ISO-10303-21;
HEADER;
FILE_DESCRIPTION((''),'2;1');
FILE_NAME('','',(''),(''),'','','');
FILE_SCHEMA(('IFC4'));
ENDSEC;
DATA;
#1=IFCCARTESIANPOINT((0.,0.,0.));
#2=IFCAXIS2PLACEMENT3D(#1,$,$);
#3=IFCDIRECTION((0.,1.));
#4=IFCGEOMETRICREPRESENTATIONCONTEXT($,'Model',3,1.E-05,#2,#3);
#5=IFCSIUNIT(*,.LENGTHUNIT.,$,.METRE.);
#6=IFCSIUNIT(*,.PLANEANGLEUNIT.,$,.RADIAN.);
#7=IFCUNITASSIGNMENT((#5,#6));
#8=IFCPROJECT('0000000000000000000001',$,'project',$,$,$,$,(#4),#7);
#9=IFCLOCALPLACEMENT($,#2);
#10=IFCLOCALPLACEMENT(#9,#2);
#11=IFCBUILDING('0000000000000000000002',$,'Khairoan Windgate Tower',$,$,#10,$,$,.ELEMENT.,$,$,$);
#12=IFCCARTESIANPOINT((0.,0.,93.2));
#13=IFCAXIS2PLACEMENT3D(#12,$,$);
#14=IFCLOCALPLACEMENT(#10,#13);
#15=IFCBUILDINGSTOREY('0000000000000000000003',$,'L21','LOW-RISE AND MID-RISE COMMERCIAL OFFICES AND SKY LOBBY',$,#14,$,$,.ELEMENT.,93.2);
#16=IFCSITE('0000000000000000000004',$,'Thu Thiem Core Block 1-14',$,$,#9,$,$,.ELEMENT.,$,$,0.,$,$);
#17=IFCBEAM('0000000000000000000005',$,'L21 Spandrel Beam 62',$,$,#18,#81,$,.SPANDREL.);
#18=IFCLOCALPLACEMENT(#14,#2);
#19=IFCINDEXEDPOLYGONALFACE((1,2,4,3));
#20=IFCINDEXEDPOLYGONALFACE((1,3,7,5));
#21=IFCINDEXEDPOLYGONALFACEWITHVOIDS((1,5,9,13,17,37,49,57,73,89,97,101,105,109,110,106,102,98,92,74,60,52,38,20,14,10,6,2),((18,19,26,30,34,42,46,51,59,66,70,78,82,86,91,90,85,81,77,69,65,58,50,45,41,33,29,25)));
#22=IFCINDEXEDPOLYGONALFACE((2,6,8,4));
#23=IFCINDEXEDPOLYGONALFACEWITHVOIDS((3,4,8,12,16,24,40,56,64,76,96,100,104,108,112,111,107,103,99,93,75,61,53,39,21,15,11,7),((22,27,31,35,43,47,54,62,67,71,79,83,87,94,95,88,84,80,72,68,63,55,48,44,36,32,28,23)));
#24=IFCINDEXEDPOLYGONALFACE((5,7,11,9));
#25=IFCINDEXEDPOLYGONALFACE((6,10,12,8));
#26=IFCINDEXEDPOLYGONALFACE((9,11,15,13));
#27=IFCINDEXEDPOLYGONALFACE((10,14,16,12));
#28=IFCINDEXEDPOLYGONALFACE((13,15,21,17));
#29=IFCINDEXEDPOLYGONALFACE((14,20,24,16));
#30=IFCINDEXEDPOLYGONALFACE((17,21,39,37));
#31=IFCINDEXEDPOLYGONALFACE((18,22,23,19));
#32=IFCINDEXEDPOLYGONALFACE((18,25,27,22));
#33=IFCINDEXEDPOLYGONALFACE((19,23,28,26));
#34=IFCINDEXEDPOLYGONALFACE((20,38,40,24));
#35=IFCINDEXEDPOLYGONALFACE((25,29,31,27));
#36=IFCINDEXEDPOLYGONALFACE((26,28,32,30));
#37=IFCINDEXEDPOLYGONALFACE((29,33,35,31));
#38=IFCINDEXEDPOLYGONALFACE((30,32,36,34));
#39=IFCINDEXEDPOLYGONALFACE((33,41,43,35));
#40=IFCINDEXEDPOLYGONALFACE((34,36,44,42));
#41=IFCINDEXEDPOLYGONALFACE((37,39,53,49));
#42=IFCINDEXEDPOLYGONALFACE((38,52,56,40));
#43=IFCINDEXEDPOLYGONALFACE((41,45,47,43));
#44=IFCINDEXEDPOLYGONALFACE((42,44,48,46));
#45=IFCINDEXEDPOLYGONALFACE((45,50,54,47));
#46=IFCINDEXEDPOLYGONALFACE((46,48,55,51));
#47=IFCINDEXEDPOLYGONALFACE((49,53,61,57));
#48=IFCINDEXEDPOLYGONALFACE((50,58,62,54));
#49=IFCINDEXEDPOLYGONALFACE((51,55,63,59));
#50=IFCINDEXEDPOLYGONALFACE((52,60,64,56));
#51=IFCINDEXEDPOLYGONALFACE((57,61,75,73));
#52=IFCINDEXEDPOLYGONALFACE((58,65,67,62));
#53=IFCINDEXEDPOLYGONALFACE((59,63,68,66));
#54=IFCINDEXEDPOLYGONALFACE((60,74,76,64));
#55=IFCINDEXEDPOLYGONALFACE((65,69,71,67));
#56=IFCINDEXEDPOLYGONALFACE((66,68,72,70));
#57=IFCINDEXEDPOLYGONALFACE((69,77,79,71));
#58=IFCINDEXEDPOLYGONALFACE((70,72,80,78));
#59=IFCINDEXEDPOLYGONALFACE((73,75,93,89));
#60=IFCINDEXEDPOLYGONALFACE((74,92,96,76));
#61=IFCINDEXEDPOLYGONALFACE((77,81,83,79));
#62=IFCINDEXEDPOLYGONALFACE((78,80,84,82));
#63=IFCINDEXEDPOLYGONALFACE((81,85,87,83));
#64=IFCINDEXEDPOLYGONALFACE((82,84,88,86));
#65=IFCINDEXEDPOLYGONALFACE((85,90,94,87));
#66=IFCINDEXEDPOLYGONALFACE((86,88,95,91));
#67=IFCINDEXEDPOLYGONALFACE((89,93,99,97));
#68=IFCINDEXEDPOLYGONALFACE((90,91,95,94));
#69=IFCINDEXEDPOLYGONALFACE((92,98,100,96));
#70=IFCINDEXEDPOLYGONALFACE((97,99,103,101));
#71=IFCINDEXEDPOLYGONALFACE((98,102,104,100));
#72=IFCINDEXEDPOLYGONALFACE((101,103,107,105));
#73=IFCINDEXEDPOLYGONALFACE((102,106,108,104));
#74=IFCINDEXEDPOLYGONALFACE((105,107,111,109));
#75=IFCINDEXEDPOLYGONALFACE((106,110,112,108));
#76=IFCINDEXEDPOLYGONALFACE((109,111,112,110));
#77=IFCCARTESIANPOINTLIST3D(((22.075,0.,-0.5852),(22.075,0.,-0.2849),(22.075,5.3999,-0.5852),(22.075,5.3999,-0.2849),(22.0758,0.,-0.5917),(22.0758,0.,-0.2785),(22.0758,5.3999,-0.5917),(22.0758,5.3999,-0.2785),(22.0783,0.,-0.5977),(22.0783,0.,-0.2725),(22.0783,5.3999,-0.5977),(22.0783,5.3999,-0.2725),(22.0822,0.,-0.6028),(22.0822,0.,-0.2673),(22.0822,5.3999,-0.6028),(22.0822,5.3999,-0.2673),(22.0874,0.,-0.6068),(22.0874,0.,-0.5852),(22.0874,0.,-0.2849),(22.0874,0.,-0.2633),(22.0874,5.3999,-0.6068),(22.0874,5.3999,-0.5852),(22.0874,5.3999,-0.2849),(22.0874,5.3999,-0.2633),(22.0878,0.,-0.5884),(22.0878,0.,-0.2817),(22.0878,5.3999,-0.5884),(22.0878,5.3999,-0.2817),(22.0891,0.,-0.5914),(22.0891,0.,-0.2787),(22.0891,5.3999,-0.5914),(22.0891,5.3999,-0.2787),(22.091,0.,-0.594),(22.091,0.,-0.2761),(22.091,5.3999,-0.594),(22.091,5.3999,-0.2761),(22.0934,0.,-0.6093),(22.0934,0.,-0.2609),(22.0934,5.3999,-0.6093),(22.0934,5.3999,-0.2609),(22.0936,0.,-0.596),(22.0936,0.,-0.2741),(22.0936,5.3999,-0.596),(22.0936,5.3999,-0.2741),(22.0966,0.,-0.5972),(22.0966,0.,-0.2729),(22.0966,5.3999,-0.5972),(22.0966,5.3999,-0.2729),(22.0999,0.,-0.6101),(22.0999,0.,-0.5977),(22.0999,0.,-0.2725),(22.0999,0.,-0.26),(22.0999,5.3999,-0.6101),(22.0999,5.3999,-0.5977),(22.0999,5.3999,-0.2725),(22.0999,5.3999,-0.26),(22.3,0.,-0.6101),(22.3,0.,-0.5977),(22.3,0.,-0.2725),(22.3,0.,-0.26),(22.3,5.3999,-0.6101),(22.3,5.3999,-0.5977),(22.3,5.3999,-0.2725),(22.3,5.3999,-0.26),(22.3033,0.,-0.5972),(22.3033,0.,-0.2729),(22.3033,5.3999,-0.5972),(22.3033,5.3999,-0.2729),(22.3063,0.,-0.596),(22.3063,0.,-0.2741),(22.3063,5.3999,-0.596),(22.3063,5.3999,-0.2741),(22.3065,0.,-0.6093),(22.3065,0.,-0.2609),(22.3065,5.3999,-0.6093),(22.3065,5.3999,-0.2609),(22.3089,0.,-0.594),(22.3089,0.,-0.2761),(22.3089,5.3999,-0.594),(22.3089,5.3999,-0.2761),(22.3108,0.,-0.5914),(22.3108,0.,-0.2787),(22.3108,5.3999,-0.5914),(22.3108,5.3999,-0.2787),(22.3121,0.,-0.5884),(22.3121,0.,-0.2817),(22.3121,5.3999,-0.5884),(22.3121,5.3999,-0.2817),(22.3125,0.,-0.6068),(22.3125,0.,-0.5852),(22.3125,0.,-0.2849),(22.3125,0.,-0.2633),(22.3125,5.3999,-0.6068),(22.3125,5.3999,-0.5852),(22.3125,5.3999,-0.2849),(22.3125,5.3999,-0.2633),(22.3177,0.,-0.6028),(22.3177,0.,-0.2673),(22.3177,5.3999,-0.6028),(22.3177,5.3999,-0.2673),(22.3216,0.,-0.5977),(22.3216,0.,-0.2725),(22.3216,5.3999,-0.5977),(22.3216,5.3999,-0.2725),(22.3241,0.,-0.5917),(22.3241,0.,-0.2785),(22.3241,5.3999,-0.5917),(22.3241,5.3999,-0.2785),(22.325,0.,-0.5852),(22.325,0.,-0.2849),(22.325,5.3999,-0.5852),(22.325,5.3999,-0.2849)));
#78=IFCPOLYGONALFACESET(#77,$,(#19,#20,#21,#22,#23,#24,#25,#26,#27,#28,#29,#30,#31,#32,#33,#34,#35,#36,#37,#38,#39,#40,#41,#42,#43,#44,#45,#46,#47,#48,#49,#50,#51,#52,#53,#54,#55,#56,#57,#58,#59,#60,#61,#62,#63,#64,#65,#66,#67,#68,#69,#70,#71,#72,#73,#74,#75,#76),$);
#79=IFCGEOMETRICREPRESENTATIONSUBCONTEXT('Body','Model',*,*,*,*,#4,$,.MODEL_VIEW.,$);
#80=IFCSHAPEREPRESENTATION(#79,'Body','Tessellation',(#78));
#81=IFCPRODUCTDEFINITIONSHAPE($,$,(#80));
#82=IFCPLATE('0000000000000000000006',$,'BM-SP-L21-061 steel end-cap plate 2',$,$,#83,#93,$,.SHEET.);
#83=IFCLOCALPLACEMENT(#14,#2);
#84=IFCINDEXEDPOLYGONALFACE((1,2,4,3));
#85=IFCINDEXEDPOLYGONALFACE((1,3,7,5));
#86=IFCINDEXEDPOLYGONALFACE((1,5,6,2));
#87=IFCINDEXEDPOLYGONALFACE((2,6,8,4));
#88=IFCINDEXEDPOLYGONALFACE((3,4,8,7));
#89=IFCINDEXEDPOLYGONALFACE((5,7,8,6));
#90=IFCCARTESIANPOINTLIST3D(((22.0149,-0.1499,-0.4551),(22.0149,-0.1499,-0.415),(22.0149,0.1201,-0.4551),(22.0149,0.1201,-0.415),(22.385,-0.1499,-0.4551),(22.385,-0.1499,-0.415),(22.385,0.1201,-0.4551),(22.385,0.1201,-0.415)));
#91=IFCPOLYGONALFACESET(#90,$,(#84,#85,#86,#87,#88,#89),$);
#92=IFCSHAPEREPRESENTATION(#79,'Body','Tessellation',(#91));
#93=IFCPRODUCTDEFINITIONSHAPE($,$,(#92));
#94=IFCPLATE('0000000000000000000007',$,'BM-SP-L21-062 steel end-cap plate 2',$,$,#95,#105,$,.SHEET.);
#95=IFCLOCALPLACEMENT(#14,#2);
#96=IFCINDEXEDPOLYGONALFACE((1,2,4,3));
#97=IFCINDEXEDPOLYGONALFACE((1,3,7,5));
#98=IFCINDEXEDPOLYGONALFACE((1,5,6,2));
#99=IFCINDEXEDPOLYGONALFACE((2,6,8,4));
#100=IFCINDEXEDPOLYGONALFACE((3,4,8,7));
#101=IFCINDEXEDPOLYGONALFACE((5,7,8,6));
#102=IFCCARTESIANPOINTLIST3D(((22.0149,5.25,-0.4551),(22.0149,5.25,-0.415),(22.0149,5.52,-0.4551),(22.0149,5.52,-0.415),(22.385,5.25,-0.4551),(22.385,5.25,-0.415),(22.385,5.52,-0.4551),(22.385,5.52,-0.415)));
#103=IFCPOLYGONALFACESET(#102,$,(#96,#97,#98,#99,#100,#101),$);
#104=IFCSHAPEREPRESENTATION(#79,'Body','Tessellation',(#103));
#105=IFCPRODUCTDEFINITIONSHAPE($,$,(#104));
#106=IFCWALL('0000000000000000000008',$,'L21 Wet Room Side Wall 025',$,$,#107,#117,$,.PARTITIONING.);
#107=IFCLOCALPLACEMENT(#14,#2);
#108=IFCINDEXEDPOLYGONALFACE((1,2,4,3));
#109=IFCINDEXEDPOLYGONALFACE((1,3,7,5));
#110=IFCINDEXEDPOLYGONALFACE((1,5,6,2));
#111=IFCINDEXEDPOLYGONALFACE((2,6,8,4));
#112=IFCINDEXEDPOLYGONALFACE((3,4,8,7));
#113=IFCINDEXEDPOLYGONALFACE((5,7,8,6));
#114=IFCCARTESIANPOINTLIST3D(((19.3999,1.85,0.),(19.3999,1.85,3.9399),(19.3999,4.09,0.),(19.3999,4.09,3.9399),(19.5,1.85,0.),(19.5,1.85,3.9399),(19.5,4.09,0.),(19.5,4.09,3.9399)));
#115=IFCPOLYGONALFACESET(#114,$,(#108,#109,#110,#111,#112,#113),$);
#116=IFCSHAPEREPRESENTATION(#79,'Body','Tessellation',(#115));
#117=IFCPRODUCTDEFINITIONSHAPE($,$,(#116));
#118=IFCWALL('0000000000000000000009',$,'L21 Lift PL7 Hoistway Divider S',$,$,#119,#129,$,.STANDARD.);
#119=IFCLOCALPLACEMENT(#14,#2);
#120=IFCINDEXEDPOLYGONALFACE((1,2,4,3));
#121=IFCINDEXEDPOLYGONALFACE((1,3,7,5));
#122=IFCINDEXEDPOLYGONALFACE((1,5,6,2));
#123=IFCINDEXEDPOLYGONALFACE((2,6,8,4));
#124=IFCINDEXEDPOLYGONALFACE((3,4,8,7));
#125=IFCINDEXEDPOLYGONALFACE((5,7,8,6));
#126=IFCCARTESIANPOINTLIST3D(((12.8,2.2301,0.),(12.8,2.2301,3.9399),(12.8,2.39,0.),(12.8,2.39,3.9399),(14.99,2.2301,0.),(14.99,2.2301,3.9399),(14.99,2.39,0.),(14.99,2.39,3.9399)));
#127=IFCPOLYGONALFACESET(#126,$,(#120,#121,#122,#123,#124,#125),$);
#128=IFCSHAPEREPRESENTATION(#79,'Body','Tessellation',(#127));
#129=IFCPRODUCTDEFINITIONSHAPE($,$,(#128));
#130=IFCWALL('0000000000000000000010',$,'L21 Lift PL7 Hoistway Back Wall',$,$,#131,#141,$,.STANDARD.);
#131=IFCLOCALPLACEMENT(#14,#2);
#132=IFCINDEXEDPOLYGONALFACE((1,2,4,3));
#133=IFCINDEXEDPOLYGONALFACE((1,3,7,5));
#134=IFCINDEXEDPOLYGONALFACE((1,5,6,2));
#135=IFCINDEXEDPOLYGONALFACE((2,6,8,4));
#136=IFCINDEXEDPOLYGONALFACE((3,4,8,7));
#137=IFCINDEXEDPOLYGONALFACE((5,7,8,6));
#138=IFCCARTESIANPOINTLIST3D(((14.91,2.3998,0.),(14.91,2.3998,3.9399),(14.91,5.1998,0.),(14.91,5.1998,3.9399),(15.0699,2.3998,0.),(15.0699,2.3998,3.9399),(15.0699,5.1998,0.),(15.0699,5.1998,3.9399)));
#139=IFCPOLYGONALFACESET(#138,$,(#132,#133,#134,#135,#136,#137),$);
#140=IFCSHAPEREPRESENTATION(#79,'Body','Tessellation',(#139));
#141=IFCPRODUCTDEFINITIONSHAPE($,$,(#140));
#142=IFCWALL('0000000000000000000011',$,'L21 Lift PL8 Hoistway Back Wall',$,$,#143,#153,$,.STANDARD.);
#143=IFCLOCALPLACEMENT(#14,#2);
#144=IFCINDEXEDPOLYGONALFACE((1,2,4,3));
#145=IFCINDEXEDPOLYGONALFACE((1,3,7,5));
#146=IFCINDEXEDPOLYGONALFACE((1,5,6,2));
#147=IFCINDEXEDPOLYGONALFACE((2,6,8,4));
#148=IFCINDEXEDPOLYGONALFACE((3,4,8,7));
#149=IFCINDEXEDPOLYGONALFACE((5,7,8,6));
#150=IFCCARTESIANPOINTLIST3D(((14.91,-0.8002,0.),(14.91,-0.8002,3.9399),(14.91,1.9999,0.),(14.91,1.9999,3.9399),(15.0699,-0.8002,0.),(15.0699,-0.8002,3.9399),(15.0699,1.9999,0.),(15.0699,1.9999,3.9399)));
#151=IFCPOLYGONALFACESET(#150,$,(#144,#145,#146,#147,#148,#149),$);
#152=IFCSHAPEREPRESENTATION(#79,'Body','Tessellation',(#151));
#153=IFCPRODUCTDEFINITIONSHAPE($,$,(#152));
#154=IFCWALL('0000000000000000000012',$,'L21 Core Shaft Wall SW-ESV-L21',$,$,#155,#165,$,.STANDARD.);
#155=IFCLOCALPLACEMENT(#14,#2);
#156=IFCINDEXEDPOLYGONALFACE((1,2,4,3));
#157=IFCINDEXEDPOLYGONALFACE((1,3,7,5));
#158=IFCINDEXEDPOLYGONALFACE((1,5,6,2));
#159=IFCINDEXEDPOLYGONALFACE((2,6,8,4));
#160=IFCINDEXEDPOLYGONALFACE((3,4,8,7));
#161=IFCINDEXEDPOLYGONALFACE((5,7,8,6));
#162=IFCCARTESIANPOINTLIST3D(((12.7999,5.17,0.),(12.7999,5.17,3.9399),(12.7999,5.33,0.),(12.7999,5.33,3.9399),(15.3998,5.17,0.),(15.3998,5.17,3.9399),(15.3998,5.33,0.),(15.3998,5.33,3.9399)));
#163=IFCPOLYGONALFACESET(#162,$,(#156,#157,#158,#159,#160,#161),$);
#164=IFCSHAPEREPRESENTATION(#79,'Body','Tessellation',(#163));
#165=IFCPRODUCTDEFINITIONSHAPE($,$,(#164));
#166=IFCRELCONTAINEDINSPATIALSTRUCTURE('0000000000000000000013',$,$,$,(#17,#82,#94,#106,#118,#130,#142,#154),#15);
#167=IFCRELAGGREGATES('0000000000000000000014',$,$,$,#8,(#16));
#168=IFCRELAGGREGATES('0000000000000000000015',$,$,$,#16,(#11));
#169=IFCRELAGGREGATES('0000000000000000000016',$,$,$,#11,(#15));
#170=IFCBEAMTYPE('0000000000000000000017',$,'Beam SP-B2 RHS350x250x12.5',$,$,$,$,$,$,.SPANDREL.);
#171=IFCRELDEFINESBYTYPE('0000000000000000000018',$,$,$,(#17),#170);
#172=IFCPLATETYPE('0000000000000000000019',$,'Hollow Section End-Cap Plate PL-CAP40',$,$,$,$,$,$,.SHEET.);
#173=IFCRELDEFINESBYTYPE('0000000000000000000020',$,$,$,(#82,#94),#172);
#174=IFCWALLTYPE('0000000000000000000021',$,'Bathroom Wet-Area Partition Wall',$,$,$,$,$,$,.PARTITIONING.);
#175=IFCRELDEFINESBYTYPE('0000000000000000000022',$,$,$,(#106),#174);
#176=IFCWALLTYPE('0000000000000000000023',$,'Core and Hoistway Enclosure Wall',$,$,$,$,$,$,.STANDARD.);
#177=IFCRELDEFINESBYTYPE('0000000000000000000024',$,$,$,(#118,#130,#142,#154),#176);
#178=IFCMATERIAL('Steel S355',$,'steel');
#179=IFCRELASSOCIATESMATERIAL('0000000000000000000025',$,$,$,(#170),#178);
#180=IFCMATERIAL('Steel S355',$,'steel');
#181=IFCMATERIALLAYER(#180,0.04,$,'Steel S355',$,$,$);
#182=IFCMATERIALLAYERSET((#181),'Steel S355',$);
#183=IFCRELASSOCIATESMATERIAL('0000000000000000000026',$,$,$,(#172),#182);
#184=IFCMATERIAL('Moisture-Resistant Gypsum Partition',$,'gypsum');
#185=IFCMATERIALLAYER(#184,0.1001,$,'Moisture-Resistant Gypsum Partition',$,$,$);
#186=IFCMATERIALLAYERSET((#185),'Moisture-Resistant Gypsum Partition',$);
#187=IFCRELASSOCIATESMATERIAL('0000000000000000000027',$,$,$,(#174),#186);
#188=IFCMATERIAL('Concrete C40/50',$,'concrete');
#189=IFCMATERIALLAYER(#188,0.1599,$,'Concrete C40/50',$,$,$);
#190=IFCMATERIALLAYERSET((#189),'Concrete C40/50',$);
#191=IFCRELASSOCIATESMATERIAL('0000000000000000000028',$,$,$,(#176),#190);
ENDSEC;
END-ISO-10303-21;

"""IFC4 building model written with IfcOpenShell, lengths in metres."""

from ifc_helpers import new_model, si_unit, direction, frame, frame_2d, origin, origin_2d, place, context, subcontext, project, spatial, rectangle, hollow_rectangle, extrude, material, layer, layer_set, material_profile, profile_set, type_object, element, save


model = new_model("IFC4")

# Units and contexts
model_context = context("Model", 3, precision=1e-05, world=origin(), true_north=direction((0.0, 1.0)))
body_context = subcontext(model_context, "Body", "Model", "MODEL_VIEW")
ifc_project = project(units=[si_unit("LENGTHUNIT", "METRE"), si_unit("PLANEANGLEUNIT", "RADIAN")], contexts=[model_context])

# Site, building, storey
site_placement = place(None, origin())
site = spatial("IfcSite", under=ifc_project, at=site_placement, Name="Thu Thiem Core Block 1-14", CompositionType="ELEMENT", RefElevation=0.0)
building_placement = place(site_placement, origin())
building = spatial("IfcBuilding", under=site, at=building_placement, Name="Khairoan Windgate Tower", CompositionType="ELEMENT")
storey_placement = place(building_placement, frame((0.0, 0.0, 93.2)))
storey = spatial("IfcBuildingStorey", under=building, at=storey_placement, Name="L21", Description="LOW-RISE AND MID-RISE COMMERCIAL OFFICES AND SKY LOBBY", CompositionType="ELEMENT", Elevation=93.2)

# Beam
ifc_material_1 = material(Name="Steel S355", Category="steel")
ifc_material_profile_1 = material_profile(ifc_material_1, hollow_rectangle(XDim=0.25, YDim=0.3501, WallThickness=0.0125, InnerFilletRadius=0.0125, OuterFilletRadius=0.0249, at=origin_2d()))
ifc_profile_set_1 = profile_set([ifc_material_profile_1], Name="Steel S355")
beam_type_1 = type_object("IfcBeamType", Name="Beam SP-B2 RHS350x250x12.5", PredefinedType="SPANDREL", material=ifc_profile_set_1)
beam_1_placement = place(storey_placement, frame((22.2, 0.0, -0.4351), z_axis=(0.0, 1.0, 0.0), x_axis=(-1.0, 0.0, 0.0)))
element("IfcBeam", 1, at=beam_1_placement, inside=storey, type_object=beam_type_1, Name="L21 Spandrel Beam 62", PredefinedType="SPANDREL", context=body_context, shape_type="SweptSolid", body=[
    extrude(hollow_rectangle(XDim=0.25, YDim=0.3501, WallThickness=0.0125, InnerFilletRadius=0.0125, OuterFilletRadius=0.0249, at=origin_2d()), origin(), (0.0, 0.0, 1.0), 5.3999),
])

# Plates
ifc_material_2 = material(Name="Steel S355", Category="steel")
ifc_layer_1 = layer(ifc_material_2, 0.04, Name="Steel S355")
ifc_layer_set_1 = layer_set([ifc_layer_1], Name="Steel S355")
plate_type = type_object("IfcPlateType", Name="Hollow Section End-Cap Plate PL-CAP40", PredefinedType="SHEET", material=ifc_layer_set_1)
for number, where, z_axis, x_axis, name in (
    (2, (22.2, -0.0149, -0.4551), (0.0, 0.0, 1.0), (0.0, 1.0, 0.0), "BM-SP-L21-061 steel end-cap plate 2"),
    (3, (22.2, 5.385, -0.4551), (0.0, 0.0, 1.0), (0.0, 1.0, 0.0), "BM-SP-L21-062 steel end-cap plate 2"),
):
    element("IfcPlate", number, at=place(storey_placement, frame(where, z_axis=z_axis, x_axis=x_axis)), inside=storey, type_object=plate_type, Name=name, PredefinedType="SHEET", context=body_context, shape_type="SweptSolid", body=[
        extrude(rectangle(XDim=0.27, YDim=0.3701, at=origin_2d()), origin(), (0.0, 0.0, 1.0), 0.04),
    ])

# Walls
ifc_material_3 = material(Name="Moisture-Resistant Gypsum Partition", Category="gypsum")
ifc_layer_2 = layer(ifc_material_3, 0.1001, Name="Moisture-Resistant Gypsum Partition")
ifc_layer_set_2 = layer_set([ifc_layer_2], Name="Moisture-Resistant Gypsum Partition")
wall_type_1 = type_object("IfcWallType", Name="Bathroom Wet-Area Partition Wall", PredefinedType="PARTITIONING", material=ifc_layer_set_2)
wall_1_placement = place(storey_placement, frame((19.45, 4.0901, 0.0), z_axis=(0.0, 0.0, 1.0), x_axis=(0.0, -1.0, 0.0)))
element("IfcWall", 4, at=wall_1_placement, inside=storey, type_object=wall_type_1, Name="L21 Wet Room Side Wall 025", PredefinedType="PARTITIONING", context=body_context, shape_type="SweptSolid", body=[
    extrude(rectangle(XDim=2.24, YDim=0.1001, at=frame_2d((1.1201, 0.0))), origin(), (0.0, 0.0, 1.0), 3.9399),
])
ifc_material_4 = material(Name="Concrete C40/50", Category="concrete")
ifc_layer_3 = layer(ifc_material_4, 0.1599, Name="Concrete C40/50")
ifc_layer_set_3 = layer_set([ifc_layer_3], Name="Concrete C40/50")
wall_type_2 = type_object("IfcWallType", Name="Core and Hoistway Enclosure Wall", PredefinedType="STANDARD", material=ifc_layer_set_3)
wall_2_placement = place(storey_placement, frame((12.8, 2.3101, 0.0), z_axis=(0.0, 0.0, 1.0), x_axis=(1.0, 0.0, 0.0)))
element("IfcWall", 5, at=wall_2_placement, inside=storey, type_object=wall_type_2, Name="L21 Lift PL7 Hoistway Divider S", PredefinedType="STANDARD", context=body_context, shape_type="SweptSolid", body=[
    extrude(rectangle(XDim=2.1899, YDim=0.1599, at=frame_2d((1.095, 0.0))), origin(), (0.0, 0.0, 1.0), 3.9399),
])
for number, where, z_axis, x_axis, name in (
    (6, (14.99, 2.3999, 0.0), (0.0, 0.0, 1.0), (0.0, 1.0, 0.0), "L21 Lift PL7 Hoistway Back Wall"),
    (7, (14.99, -0.8, 0.0), (0.0, 0.0, 1.0), (0.0, 1.0, 0.0), "L21 Lift PL8 Hoistway Back Wall"),
):
    element("IfcWall", number, at=place(storey_placement, frame(where, z_axis=z_axis, x_axis=x_axis)), inside=storey, type_object=wall_type_2, Name=name, PredefinedType="STANDARD", context=body_context, shape_type="SweptSolid", body=[
        extrude(rectangle(XDim=2.8, YDim=0.1599, at=frame_2d((1.3999, 0.0))), origin(), (0.0, 0.0, 1.0), 3.9399),
    ])
wall_3_placement = place(storey_placement, frame((12.8, 5.25, 0.0), z_axis=(0.0, 0.0, 1.0), x_axis=(1.0, 0.0, 0.0)))
element("IfcWall", 8, at=wall_3_placement, inside=storey, type_object=wall_type_2, Name="L21 Core Shaft Wall SW-ESV-L21", PredefinedType="STANDARD", context=body_context, shape_type="SweptSolid", body=[
    extrude(rectangle(XDim=2.5999, YDim=0.1599, at=frame_2d((1.2998, 0.0))), origin(), (0.0, 0.0, 1.0), 3.9399),
])

save(model, "model.ifc")
